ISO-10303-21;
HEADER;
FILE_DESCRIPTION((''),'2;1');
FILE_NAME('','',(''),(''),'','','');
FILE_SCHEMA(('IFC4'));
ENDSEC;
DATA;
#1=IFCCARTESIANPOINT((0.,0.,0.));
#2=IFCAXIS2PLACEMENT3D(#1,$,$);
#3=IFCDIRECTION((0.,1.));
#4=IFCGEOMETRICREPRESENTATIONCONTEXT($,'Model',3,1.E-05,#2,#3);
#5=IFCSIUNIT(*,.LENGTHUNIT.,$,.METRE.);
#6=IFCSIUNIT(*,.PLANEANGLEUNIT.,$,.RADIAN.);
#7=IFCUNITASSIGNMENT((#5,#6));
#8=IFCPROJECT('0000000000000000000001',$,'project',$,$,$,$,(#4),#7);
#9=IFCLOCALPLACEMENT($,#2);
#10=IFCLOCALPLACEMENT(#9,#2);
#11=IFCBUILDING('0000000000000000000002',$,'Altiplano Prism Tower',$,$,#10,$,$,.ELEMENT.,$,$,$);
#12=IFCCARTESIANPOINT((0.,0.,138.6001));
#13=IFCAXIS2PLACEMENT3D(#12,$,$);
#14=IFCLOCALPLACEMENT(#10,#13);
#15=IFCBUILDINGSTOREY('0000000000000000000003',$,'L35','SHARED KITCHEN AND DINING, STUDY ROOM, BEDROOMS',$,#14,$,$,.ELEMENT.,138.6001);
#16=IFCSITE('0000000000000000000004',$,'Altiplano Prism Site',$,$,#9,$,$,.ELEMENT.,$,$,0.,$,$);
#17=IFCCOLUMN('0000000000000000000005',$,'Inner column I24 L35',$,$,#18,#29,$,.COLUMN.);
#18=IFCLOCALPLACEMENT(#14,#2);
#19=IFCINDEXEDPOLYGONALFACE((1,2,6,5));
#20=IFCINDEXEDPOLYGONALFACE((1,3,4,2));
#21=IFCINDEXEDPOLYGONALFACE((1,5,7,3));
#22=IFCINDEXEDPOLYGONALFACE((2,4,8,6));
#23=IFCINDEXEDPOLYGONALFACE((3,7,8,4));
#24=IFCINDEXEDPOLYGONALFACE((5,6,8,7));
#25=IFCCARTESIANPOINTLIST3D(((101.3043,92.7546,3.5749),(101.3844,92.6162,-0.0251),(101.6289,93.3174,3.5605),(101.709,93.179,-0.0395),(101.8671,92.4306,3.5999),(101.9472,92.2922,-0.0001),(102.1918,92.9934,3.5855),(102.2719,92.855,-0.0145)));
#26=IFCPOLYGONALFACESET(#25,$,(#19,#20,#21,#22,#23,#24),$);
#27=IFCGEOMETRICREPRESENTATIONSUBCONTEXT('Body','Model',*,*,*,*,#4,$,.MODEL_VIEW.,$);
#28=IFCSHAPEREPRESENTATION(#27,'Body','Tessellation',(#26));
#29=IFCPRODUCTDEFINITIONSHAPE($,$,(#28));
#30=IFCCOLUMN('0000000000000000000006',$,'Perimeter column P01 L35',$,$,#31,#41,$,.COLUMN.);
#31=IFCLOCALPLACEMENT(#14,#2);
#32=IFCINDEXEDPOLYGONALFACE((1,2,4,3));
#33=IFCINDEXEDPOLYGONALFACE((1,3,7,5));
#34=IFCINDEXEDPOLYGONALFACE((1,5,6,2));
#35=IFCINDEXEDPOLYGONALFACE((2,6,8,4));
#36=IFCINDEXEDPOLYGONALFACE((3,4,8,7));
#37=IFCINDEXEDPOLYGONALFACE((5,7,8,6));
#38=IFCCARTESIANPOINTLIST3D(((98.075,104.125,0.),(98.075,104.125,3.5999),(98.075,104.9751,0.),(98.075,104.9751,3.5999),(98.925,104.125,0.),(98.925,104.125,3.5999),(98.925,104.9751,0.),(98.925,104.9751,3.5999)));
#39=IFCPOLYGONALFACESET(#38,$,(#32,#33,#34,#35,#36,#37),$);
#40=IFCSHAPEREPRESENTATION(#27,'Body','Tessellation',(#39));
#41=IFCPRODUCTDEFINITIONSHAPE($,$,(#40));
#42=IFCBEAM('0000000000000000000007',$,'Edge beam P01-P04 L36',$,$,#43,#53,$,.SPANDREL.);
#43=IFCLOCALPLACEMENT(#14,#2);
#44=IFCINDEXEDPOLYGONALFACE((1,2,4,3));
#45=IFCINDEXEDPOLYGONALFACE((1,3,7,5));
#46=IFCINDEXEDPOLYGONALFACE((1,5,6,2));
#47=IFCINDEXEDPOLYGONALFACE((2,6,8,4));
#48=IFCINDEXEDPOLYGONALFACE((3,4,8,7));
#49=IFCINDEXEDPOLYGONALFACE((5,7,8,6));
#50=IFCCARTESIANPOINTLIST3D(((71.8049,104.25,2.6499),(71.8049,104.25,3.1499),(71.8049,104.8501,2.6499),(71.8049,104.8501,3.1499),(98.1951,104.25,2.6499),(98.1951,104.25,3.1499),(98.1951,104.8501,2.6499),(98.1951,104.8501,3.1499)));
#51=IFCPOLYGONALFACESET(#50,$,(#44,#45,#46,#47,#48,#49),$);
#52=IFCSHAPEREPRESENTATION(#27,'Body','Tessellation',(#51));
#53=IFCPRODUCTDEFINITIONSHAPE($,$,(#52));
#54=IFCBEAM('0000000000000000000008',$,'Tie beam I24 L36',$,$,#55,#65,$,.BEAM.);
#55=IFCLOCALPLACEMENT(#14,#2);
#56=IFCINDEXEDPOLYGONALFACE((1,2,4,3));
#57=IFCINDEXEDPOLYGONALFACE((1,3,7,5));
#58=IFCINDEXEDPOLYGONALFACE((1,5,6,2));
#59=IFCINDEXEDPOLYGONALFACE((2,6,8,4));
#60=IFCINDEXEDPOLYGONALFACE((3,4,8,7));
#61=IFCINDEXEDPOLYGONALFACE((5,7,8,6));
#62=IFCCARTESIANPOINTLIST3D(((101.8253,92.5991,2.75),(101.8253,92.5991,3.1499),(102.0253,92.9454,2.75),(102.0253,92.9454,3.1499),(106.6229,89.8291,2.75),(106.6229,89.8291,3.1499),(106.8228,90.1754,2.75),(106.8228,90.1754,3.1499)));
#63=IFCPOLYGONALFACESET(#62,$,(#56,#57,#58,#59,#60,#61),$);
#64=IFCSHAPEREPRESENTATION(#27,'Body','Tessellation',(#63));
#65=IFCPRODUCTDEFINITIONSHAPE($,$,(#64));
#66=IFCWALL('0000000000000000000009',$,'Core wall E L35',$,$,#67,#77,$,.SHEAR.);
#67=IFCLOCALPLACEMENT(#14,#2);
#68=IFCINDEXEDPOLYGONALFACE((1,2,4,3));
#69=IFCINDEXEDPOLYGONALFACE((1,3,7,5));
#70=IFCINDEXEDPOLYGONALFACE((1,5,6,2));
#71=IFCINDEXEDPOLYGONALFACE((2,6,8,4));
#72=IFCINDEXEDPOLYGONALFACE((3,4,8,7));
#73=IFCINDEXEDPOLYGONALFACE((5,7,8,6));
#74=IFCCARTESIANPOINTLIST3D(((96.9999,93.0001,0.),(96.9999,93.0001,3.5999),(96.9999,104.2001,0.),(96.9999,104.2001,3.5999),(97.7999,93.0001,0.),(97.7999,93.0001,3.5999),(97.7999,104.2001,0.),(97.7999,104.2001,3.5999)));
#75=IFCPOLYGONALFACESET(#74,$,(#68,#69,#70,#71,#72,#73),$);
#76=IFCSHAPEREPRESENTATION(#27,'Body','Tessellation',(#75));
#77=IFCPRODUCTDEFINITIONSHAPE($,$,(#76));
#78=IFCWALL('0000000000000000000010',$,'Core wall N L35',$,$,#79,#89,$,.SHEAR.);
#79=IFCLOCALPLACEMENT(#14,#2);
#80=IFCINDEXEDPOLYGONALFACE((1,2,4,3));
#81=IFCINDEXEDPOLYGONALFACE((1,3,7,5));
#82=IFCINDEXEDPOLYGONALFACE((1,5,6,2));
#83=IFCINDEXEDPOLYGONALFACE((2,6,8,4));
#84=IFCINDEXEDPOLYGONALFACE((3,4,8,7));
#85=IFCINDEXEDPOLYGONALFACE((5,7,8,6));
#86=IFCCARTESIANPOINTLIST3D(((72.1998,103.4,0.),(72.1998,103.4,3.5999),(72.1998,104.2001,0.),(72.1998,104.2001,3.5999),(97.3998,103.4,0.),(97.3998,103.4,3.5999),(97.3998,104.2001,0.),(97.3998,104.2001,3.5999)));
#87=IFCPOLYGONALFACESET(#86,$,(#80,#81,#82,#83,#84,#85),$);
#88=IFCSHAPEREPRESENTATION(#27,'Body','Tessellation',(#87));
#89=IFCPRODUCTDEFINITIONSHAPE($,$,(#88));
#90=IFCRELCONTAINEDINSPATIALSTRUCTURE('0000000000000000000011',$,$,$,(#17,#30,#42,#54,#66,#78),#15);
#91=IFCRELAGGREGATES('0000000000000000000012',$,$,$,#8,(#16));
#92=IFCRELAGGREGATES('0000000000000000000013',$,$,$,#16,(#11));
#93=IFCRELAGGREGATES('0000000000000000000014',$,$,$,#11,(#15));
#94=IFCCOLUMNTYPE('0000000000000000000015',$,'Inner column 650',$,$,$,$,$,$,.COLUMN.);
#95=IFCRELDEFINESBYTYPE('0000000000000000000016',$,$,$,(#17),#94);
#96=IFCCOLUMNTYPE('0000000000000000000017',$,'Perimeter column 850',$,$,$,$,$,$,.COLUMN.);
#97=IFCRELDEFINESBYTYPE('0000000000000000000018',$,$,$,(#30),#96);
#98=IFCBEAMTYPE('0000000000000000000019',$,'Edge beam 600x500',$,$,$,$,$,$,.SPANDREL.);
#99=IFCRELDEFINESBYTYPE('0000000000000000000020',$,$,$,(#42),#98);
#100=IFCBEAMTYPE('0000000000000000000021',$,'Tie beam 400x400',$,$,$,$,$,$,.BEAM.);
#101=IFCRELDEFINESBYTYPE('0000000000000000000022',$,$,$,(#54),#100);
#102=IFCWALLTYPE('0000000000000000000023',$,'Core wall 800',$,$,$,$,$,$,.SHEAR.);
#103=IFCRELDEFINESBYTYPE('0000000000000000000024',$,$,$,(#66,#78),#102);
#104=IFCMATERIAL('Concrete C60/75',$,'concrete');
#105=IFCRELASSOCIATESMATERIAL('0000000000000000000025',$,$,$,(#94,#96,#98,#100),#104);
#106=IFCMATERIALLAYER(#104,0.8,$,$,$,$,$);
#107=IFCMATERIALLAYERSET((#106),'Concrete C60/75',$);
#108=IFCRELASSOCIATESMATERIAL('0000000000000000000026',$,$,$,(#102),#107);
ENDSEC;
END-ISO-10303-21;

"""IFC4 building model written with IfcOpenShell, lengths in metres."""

from ifc_helpers import new_model, si_unit, direction, frame, frame_2d, origin, origin_2d, place, context, subcontext, project, spatial, rectangle, extrude, material, layer, layer_set, material_profile, profile_set, type_object, element, save


model = new_model("IFC4")

# Units and contexts
model_context = context("Model", 3, precision=1e-05, world=origin(), true_north=direction((0.0, 1.0)))
body_context = subcontext(model_context, "Body", "Model", "MODEL_VIEW")
ifc_project = project(units=[si_unit("LENGTHUNIT", "METRE"), si_unit("PLANEANGLEUNIT", "RADIAN")], contexts=[model_context])

# Site, building, storey
site_placement = place(None, origin())
site = spatial("IfcSite", under=ifc_project, at=site_placement, Name="Altiplano Prism Site", CompositionType="ELEMENT", RefElevation=0.0)
building_placement = place(site_placement, origin())
building = spatial("IfcBuilding", under=site, at=building_placement, Name="Altiplano Prism Tower", CompositionType="ELEMENT")
storey_placement = place(building_placement, frame((0.0, 0.0, 138.6001)))
storey = spatial("IfcBuildingStorey", under=building, at=storey_placement, Name="L35", Description="SHARED KITCHEN AND DINING, STUDY ROOM, BEDROOMS", CompositionType="ELEMENT", Elevation=138.6001)

# Columns
ifc_material_1 = material(Name="Concrete C60/75", Category="concrete")
ifc_material_profile_1 = material_profile(ifc_material_1, rectangle(XDim=0.6499, YDim=0.6499, at=origin_2d()), Name="Inner column 650")
ifc_profile_set_1 = profile_set([ifc_material_profile_1], Name="Concrete C60/75")
column_type_1 = type_object("IfcColumnType", Name="Inner column 650", PredefinedType="COLUMN", material=ifc_profile_set_1)
column_1_placement = place(storey_placement, frame((101.8281, 92.7356, -0.0198), z_axis=(-0.022223, 0.038416, 0.999015), x_axis=(-0.499513, -0.866022, 0.02219)))
element("IfcColumn", 1, at=column_1_placement, inside=storey, type_object=column_type_1, Name="Inner column I24 L35", PredefinedType="COLUMN", context=body_context, shape_type="SweptSolid", body=[
    extrude(rectangle(XDim=0.6499, YDim=0.6499, at=origin_2d()), origin(), (0.0, 0.0, 1.0), 3.6035),
])
ifc_material_profile_2 = material_profile(ifc_material_1, rectangle(XDim=0.8501, YDim=0.8501, at=origin_2d()), Name="Perimeter column 850")
ifc_profile_set_2 = profile_set([ifc_material_profile_2], Name="Concrete C60/75")
column_type_2 = type_object("IfcColumnType", Name="Perimeter column 850", PredefinedType="COLUMN", material=ifc_profile_set_2)
column_2_placement = place(storey_placement, frame((98.5, 104.55, 0.0), z_axis=(0.0, 0.0, 1.0), x_axis=(1.0, 0.0, 0.0)))
element("IfcColumn", 2, at=column_2_placement, inside=storey, type_object=column_type_2, Name="Perimeter column P01 L35", PredefinedType="COLUMN", context=body_context, shape_type="SweptSolid", body=[
    extrude(rectangle(XDim=0.8501, YDim=0.8501, at=origin_2d()), origin(), (0.0, 0.0, 1.0), 3.5999),
])

# Beams
ifc_material_profile_3 = material_profile(ifc_material_1, rectangle(XDim=0.6001, YDim=0.5, at=origin_2d()), Name="Edge beam 600x500")
ifc_profile_set_3 = profile_set([ifc_material_profile_3], Name="Concrete C60/75")
beam_type_1 = type_object("IfcBeamType", Name="Edge beam 600x500", PredefinedType="SPANDREL", material=ifc_profile_set_3)
beam_1_placement = place(storey_placement, frame((98.1951, 104.55, 2.8999), z_axis=(-1.0, 0.0, 0.0), x_axis=(0.0, -1.0, 0.0)))
element("IfcBeam", 3, at=beam_1_placement, inside=storey, type_object=beam_type_1, Name="Edge beam P01-P04 L36", PredefinedType="SPANDREL", context=body_context, shape_type="SweptSolid", body=[
    extrude(rectangle(XDim=0.6001, YDim=0.5, at=origin_2d()), origin(), (0.0, 0.0, 1.0), 26.3901),
])
ifc_material_profile_4 = material_profile(ifc_material_1, rectangle(XDim=0.3999, YDim=0.3999, at=origin_2d()), Name="Tie beam 400x400")
ifc_profile_set_4 = profile_set([ifc_material_profile_4], Name="Concrete C60/75")
beam_type_2 = type_object("IfcBeamType", Name="Tie beam 400x400", PredefinedType="BEAM", material=ifc_profile_set_4)
beam_2_placement = place(storey_placement, frame((101.9253, 92.7722, 2.95), z_axis=(0.866016, -0.500016, 0.0), x_axis=(0.500016, 0.866016, 0.0)))
element("IfcBeam", 4, at=beam_2_placement, inside=storey, type_object=beam_type_2, Name="Tie beam I24 L36", PredefinedType="BEAM", context=body_context, shape_type="SweptSolid", body=[
    extrude(rectangle(XDim=0.3999, YDim=0.3999, at=origin_2d()), origin(), (0.0, 0.0, 1.0), 5.5398),
])

# Walls
ifc_layer_1 = layer(ifc_material_1, 0.8)
ifc_layer_set_1 = layer_set([ifc_layer_1], Name="Concrete C60/75")
wall_type_1 = type_object("IfcWallType", Name="Core wall 800", PredefinedType="SHEAR", material=ifc_layer_set_1)
wall_1_placement = place(storey_placement, frame((97.3999, 93.0, 0.0), z_axis=(0.0, 0.0, 1.0), x_axis=(0.0, 1.0, 0.0)))
element("IfcWall", 5, at=wall_1_placement, inside=storey, type_object=wall_type_1, Name="Core wall E L35", PredefinedType="SHEAR", context=body_context, shape_type="SweptSolid", body=[
    extrude(rectangle(XDim=11.2, YDim=0.8, at=frame_2d((5.6001, 0.0))), origin(), (0.0, 0.0, 1.0), 3.5999),
])
wall_2_placement = place(storey_placement, frame((97.3999, 103.8, 0.0), z_axis=(0.0, 0.0, 1.0), x_axis=(-1.0, 0.0, 0.0)))
element("IfcWall", 6, at=wall_2_placement, inside=storey, type_object=wall_type_1, Name="Core wall N L35", PredefinedType="SHEAR", context=body_context, shape_type="SweptSolid", body=[
    extrude(rectangle(XDim=25.2, YDim=0.8, at=frame_2d((12.6001, 0.0))), origin(), (0.0, 0.0, 1.0), 3.5999),
])

save(model, "model.ifc")
